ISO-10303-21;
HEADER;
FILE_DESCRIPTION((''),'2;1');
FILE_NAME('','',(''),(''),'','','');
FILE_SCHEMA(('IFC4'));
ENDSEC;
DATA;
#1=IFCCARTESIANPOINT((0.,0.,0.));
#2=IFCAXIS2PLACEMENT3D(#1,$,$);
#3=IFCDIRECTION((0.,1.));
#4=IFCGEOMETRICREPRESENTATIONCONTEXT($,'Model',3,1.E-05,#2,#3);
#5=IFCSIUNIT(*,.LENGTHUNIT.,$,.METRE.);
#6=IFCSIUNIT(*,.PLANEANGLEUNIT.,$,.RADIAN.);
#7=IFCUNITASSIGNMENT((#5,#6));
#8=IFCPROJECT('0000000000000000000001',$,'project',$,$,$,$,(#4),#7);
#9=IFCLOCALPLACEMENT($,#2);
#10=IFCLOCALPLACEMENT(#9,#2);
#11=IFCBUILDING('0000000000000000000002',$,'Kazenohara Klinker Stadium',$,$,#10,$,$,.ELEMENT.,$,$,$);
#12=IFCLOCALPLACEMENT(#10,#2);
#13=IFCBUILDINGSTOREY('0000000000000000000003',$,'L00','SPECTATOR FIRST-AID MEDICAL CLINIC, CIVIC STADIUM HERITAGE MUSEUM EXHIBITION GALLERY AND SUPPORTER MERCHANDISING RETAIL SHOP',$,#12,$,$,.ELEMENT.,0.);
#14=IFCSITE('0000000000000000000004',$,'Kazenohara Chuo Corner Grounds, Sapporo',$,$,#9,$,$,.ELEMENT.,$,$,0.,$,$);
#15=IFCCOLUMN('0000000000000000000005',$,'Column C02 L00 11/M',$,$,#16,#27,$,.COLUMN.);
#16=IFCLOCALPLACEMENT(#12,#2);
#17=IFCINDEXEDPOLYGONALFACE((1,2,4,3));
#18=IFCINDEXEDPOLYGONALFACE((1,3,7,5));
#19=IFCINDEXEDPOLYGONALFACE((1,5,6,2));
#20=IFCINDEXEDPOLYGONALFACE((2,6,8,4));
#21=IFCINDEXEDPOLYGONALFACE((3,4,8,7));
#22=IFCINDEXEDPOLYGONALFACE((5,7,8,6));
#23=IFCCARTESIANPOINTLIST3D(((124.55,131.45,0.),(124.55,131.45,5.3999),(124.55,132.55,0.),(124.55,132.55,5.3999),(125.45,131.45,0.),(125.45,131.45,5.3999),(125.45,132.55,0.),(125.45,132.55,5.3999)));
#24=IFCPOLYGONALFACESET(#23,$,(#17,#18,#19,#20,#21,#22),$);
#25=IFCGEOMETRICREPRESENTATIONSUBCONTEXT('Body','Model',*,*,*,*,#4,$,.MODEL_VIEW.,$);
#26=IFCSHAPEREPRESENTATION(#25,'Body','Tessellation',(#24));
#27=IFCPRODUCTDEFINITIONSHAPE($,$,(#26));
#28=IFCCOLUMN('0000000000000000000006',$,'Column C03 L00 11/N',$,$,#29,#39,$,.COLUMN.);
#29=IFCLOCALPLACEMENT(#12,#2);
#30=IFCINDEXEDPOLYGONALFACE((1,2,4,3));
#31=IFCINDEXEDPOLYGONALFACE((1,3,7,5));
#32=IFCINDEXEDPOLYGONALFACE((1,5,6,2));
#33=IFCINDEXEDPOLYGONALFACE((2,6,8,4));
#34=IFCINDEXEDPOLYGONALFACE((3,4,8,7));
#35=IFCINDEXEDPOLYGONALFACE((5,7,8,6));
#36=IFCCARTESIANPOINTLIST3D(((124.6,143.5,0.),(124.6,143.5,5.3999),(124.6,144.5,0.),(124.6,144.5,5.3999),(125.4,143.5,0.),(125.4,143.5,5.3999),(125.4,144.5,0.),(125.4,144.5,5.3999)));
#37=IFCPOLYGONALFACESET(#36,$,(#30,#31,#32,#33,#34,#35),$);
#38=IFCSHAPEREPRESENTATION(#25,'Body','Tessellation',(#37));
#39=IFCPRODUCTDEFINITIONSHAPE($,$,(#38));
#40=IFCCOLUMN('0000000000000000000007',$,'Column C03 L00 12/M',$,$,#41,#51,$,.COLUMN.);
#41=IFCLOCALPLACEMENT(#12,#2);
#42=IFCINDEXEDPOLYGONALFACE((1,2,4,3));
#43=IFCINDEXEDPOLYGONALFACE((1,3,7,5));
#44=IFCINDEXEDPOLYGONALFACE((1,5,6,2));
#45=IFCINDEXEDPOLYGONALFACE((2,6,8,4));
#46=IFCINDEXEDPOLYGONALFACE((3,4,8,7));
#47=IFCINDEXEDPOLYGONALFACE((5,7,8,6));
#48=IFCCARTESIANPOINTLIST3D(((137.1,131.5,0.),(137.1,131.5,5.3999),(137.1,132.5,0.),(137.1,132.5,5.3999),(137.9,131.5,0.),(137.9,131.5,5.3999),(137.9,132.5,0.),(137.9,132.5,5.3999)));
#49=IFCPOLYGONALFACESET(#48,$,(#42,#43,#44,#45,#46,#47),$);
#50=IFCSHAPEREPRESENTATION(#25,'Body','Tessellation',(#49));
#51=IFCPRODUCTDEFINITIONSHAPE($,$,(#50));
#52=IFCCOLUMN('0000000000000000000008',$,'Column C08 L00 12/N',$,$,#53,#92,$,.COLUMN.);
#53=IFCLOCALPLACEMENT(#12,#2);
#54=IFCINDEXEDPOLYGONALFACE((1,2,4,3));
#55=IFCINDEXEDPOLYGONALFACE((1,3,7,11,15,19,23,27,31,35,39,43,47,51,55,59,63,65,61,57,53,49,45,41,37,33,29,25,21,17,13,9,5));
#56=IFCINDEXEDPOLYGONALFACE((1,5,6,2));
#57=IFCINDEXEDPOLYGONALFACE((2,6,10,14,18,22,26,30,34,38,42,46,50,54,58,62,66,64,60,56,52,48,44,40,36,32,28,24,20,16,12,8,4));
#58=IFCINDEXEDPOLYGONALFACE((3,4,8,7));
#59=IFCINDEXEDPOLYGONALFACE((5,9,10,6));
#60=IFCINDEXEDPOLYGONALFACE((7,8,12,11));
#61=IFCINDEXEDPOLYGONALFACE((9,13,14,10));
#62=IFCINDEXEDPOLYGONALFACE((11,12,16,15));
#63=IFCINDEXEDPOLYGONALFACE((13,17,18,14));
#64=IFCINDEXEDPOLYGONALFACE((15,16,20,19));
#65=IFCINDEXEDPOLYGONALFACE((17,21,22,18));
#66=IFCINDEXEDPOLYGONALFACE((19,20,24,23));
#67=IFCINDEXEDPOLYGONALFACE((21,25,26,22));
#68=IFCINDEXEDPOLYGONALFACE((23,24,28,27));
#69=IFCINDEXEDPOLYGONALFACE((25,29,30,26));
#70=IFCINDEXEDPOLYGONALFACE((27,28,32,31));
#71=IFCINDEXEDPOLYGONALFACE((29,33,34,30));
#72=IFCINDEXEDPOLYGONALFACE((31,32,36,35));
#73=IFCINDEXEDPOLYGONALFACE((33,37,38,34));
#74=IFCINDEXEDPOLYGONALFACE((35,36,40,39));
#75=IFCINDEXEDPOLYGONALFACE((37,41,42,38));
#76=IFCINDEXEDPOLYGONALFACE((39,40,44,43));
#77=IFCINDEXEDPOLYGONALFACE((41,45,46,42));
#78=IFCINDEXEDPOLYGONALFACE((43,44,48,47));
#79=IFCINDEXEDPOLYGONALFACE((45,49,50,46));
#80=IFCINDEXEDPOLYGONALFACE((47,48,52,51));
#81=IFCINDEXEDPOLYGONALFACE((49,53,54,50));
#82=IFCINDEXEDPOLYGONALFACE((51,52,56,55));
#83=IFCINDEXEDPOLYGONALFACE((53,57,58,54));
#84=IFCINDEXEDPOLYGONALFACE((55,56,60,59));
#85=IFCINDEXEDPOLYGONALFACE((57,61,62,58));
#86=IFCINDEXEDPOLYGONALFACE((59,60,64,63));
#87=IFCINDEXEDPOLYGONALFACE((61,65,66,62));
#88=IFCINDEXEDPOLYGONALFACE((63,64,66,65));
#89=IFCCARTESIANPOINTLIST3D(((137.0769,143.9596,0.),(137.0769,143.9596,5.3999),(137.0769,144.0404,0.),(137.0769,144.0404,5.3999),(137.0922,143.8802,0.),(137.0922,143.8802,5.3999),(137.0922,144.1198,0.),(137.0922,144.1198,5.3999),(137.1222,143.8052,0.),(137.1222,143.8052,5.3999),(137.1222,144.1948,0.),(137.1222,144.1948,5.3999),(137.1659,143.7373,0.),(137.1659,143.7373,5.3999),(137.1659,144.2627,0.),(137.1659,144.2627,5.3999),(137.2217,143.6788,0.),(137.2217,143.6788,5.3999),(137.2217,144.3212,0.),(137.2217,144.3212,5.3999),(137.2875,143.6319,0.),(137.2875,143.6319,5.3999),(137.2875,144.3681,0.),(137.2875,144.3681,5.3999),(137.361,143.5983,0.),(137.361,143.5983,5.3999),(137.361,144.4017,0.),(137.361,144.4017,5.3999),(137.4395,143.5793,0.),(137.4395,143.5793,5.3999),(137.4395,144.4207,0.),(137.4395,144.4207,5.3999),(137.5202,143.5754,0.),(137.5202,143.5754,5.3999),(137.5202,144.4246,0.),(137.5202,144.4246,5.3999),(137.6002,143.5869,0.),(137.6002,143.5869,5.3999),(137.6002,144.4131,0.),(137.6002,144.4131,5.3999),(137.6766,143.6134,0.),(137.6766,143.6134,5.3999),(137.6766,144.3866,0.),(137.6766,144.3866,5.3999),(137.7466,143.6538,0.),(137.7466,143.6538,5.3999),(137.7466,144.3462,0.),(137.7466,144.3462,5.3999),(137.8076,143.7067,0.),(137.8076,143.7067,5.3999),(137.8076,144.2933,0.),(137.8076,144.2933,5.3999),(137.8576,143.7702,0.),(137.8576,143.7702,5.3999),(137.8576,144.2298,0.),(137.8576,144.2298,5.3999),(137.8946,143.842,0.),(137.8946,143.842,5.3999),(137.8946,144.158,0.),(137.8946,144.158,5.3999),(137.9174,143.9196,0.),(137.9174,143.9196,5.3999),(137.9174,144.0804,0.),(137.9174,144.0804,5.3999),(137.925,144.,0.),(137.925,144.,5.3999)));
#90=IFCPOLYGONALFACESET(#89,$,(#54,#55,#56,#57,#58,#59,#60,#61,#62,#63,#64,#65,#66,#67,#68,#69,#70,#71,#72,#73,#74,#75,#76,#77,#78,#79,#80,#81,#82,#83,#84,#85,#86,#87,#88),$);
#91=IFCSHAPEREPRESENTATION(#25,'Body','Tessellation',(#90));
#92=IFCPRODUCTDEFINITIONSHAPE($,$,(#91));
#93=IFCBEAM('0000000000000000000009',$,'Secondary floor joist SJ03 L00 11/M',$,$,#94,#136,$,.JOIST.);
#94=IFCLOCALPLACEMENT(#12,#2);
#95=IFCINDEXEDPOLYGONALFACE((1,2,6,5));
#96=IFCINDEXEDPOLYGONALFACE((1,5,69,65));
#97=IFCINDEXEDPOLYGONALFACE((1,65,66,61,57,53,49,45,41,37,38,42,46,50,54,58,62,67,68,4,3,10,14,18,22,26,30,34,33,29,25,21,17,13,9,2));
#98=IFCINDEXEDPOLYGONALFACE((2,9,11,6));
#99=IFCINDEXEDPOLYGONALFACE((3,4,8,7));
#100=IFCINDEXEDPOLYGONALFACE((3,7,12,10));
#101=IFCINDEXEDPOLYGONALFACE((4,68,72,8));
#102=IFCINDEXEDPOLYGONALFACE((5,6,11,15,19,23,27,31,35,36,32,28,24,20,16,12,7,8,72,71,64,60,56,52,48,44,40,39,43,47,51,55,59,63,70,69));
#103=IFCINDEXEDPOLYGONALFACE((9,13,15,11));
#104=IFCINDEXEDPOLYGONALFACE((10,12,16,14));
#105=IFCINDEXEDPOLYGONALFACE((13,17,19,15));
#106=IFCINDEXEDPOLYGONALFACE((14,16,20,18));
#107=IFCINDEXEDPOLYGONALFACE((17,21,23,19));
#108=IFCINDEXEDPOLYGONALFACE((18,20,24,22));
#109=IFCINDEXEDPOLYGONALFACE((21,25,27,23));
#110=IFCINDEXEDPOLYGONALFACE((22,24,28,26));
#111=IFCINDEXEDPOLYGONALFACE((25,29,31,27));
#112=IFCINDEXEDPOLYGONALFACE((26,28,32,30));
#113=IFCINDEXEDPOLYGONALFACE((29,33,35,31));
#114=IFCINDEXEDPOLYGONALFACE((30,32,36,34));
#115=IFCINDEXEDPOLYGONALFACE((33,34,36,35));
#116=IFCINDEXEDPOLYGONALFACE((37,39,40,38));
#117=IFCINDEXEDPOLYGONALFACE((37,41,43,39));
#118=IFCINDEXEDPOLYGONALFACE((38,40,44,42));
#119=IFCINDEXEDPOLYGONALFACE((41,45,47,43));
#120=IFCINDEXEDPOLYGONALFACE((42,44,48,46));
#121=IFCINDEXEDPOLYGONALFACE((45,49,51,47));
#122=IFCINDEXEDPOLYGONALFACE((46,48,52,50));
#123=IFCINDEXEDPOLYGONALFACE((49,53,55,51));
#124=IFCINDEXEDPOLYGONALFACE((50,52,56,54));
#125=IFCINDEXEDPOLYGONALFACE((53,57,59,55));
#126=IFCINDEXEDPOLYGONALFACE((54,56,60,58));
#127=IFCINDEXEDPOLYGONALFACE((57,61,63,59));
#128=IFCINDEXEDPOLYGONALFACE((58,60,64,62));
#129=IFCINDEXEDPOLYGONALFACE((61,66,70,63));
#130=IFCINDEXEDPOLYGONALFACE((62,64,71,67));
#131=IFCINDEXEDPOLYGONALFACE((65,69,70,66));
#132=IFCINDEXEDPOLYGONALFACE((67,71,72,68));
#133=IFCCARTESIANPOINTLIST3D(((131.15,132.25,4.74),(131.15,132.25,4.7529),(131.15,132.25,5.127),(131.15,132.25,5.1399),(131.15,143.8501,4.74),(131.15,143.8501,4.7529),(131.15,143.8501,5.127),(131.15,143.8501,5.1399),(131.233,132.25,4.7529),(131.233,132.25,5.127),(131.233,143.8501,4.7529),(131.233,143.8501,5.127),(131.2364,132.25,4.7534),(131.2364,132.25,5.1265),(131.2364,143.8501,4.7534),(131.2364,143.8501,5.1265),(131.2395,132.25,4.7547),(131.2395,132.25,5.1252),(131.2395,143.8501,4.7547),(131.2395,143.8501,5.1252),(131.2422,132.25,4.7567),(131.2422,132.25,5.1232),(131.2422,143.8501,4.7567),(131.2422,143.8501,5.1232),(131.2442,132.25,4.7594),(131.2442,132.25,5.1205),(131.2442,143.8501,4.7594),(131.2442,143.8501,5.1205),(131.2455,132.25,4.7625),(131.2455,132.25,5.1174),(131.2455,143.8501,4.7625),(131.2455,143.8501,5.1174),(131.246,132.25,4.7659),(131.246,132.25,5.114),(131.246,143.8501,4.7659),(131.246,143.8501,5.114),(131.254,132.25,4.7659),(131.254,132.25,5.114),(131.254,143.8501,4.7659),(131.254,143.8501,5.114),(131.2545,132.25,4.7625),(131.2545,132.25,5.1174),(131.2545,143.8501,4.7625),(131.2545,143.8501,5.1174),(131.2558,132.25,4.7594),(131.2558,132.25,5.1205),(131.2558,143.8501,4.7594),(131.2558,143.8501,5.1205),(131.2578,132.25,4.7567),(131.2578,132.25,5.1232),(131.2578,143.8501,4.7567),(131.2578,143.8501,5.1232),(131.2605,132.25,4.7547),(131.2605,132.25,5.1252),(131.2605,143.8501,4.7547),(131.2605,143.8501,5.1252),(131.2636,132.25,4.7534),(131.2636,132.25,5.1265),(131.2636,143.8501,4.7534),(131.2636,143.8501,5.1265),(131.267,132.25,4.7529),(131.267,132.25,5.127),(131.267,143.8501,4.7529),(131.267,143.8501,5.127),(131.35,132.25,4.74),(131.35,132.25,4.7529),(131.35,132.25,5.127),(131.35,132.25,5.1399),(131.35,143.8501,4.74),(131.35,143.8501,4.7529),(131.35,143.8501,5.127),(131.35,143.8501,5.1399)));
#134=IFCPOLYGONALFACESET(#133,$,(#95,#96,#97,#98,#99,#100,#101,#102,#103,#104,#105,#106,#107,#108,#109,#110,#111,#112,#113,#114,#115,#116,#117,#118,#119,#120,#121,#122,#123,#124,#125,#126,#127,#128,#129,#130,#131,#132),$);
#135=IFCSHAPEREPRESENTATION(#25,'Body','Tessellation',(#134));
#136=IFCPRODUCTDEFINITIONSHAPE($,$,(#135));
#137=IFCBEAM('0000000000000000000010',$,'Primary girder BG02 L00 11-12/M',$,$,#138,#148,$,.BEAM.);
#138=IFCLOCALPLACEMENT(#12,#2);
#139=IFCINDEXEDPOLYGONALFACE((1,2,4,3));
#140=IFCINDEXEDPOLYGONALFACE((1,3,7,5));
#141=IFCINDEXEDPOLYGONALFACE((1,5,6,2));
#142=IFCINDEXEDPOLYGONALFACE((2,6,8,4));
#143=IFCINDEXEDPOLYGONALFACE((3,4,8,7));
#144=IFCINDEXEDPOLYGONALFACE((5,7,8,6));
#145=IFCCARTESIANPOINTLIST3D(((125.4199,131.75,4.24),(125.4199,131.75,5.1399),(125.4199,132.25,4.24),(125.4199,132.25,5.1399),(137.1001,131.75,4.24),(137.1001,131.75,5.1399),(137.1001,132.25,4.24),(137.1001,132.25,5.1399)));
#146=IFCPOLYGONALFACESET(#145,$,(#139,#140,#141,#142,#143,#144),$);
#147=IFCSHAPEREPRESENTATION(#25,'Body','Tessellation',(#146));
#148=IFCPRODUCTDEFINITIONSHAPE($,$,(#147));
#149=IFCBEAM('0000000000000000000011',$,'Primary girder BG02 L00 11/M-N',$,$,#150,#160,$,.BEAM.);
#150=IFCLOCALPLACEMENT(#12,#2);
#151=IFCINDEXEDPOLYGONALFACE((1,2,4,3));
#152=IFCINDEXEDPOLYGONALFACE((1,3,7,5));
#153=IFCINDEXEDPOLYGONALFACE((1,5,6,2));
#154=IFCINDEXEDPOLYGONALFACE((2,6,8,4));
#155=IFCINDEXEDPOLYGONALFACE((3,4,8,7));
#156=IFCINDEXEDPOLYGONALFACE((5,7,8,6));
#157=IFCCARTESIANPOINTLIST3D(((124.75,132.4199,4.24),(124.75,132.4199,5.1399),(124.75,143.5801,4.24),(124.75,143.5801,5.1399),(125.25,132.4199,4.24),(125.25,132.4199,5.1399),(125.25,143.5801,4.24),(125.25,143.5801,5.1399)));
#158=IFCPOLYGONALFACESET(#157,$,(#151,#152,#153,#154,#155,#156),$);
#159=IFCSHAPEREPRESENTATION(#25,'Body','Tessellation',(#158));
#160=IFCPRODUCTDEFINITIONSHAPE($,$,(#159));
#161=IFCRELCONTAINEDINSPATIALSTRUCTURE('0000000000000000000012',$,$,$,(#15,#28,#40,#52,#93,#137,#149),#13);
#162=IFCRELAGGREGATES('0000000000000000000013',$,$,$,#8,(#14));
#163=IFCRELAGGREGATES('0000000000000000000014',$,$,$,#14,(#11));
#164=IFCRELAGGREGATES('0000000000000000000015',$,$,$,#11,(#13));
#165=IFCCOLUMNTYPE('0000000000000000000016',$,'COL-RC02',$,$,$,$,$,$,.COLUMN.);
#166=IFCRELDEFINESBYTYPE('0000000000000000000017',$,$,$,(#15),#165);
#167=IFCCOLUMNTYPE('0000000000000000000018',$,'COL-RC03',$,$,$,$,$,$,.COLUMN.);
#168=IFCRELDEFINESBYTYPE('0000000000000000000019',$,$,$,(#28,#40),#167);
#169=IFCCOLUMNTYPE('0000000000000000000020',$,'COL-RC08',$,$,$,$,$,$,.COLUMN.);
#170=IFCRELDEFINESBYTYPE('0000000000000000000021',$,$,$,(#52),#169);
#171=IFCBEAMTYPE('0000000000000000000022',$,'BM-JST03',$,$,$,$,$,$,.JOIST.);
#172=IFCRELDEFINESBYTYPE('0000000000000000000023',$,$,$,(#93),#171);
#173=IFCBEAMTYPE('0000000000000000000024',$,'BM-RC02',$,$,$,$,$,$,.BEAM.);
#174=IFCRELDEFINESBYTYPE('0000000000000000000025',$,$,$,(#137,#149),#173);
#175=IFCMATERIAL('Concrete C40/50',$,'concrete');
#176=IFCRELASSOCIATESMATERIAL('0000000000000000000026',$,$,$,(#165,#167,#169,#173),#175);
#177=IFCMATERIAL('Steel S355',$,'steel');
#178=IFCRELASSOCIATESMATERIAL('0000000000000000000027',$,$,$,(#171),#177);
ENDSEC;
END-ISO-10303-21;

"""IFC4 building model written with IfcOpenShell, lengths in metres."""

from ifc_helpers import new_model, si_unit, direction, frame, origin, origin_2d, place, context, subcontext, project, spatial, rectangle, circle, i_section, extrude, material, material_profile, profile_set, type_object, element, save


model = new_model("IFC4")

# Units and contexts
model_context = context("Model", 3, precision=1e-05, world=origin(), true_north=direction((0.0, 1.0)))
body_context = subcontext(model_context, "Body", "Model", "MODEL_VIEW")
ifc_project = project(units=[si_unit("LENGTHUNIT", "METRE"), si_unit("PLANEANGLEUNIT", "RADIAN")], contexts=[model_context])

# Site, building, storey
site_placement = place(None, origin())
site = spatial("IfcSite", under=ifc_project, at=site_placement, Name="Kazenohara Chuo Corner Grounds, Sapporo", CompositionType="ELEMENT", RefElevation=0.0)
building_placement = place(site_placement, origin())
building = spatial("IfcBuilding", under=site, at=building_placement, Name="Kazenohara Klinker Stadium", CompositionType="ELEMENT")
storey_placement = place(building_placement, origin())
storey = spatial("IfcBuildingStorey", under=building, at=storey_placement, Name="L00", Description="SPECTATOR FIRST-AID MEDICAL CLINIC, CIVIC STADIUM HERITAGE MUSEUM EXHIBITION GALLERY AND SUPPORTER MERCHANDISING RETAIL SHOP", CompositionType="ELEMENT", Elevation=0.0)

# Columns
ifc_material_1 = material(Name="Concrete C40/50", Category="concrete")
ifc_material_profile_1 = material_profile(ifc_material_1, rectangle(XDim=0.8999, YDim=1.1001, at=origin_2d()), Name="RC-COL-1100x900")
ifc_profile_set_1 = profile_set([ifc_material_profile_1], Name="Concrete C40/50")
column_type_1 = type_object("IfcColumnType", Name="COL-RC02", PredefinedType="COLUMN", material=ifc_profile_set_1)
column_1_placement = place(storey_placement, frame((125.0, 132.0, 0.0), z_axis=(0.0, 0.0, 1.0), x_axis=(1.0, 0.0, 0.0)))
element("IfcColumn", 1, at=column_1_placement, inside=storey, type_object=column_type_1, Name="Column C02 L00 11/M", PredefinedType="COLUMN", context=body_context, shape_type="SweptSolid", body=[
    extrude(rectangle(XDim=0.8999, YDim=1.1001, at=origin_2d()), origin(), (0.0, 0.0, 1.0), 5.3999),
])
ifc_material_profile_2 = material_profile(ifc_material_1, rectangle(XDim=0.8, YDim=1.0, at=origin_2d()), Name="RC-COL-1000x800")
ifc_profile_set_2 = profile_set([ifc_material_profile_2], Name="Concrete C40/50")
column_type_2 = type_object("IfcColumnType", Name="COL-RC03", PredefinedType="COLUMN", material=ifc_profile_set_2)
for number, where, z_axis, x_axis, name in (
    (2, (125.0, 144.0, 0.0), (0.0, 0.0, 1.0), (1.0, 0.0, 0.0), "Column C03 L00 11/N"),
    (3, (137.5, 132.0, 0.0), (0.0, 0.0, 1.0), (1.0, 0.0, 0.0), "Column C03 L00 12/M"),
):
    element("IfcColumn", number, at=place(storey_placement, frame(where, z_axis=z_axis, x_axis=x_axis)), inside=storey, type_object=column_type_2, Name=name, PredefinedType="COLUMN", context=body_context, shape_type="SweptSolid", body=[
        extrude(rectangle(XDim=0.8, YDim=1.0, at=origin_2d()), origin(), (0.0, 0.0, 1.0), 5.3999),
    ])
ifc_material_profile_3 = material_profile(ifc_material_1, circle(Radius=0.425, at=origin_2d()), Name="RC-COL-D850")
ifc_profile_set_3 = profile_set([ifc_material_profile_3], Name="Concrete C40/50")
column_type_3 = type_object("IfcColumnType", Name="COL-RC08", PredefinedType="COLUMN", material=ifc_profile_set_3)
column_2_placement = place(storey_placement, frame((137.5, 144.0, 0.0), z_axis=(0.0, 0.0, 1.0), x_axis=(1.0, 0.0, 0.0)))
element("IfcColumn", 4, at=column_2_placement, inside=storey, type_object=column_type_3, Name="Column C08 L00 12/N", PredefinedType="COLUMN", context=body_context, shape_type="SweptSolid", body=[
    extrude(circle(Radius=0.425, at=origin_2d()), origin(), (0.0, 0.0, 1.0), 5.3999),
])

# Beams
ifc_material_2 = material(Name="Steel S355", Category="steel")
ifc_material_profile_4 = material_profile(ifc_material_2, i_section(OverallWidth=0.2, OverallDepth=0.3999, WebThickness=0.0081, FlangeThickness=0.0129, FilletRadius=0.0129, at=origin_2d()), Name="H-400x200x8x13")
ifc_profile_set_4 = profile_set([ifc_material_profile_4], Name="Steel S355")
beam_type_1 = type_object("IfcBeamType", Name="BM-JST03", PredefinedType="JOIST", material=ifc_profile_set_4)
beam_1_placement = place(storey_placement, frame((131.25, 132.25, 4.9399), z_axis=(0.0, 1.0, 0.0), x_axis=(-1.0, 0.0, 0.0)))
element("IfcBeam", 5, at=beam_1_placement, inside=storey, type_object=beam_type_1, Name="Secondary floor joist SJ03 L00 11/M", PredefinedType="JOIST", context=body_context, shape_type="SweptSolid", body=[
    extrude(i_section(OverallWidth=0.2, OverallDepth=0.3999, WebThickness=0.0081, FlangeThickness=0.0129, FilletRadius=0.0129, at=origin_2d()), origin(), (0.0, 0.0, 1.0), 11.6001),
])
ifc_material_profile_5 = material_profile(ifc_material_1, rectangle(XDim=0.5, YDim=0.8999, at=origin_2d()), Name="RC-BM-500x900")
ifc_profile_set_5 = profile_set([ifc_material_profile_5], Name="Concrete C40/50")
beam_type_2 = type_object("IfcBeamType", Name="BM-RC02", PredefinedType="BEAM", material=ifc_profile_set_5)
beam_2_placement = place(storey_placement, frame((125.4199, 132.0, 4.6899), z_axis=(1.0, 0.0, 0.0), x_axis=(0.0, 1.0, 0.0)))
element("IfcBeam", 6, at=beam_2_placement, inside=storey, type_object=beam_type_2, Name="Primary girder BG02 L00 11-12/M", PredefinedType="BEAM", context=body_context, shape_type="SweptSolid", body=[
    extrude(rectangle(XDim=0.5, YDim=0.8999, at=origin_2d()), origin(), (0.0, 0.0, 1.0), 11.6802),
])
beam_3_placement = place(storey_placement, frame((125.0, 132.4199, 4.6899), z_axis=(0.0, 1.0, 0.0), x_axis=(-1.0, 0.0, 0.0)))
element("IfcBeam", 7, at=beam_3_placement, inside=storey, type_object=beam_type_2, Name="Primary girder BG02 L00 11/M-N", PredefinedType="BEAM", context=body_context, shape_type="SweptSolid", body=[
    extrude(rectangle(XDim=0.5, YDim=0.8999, at=origin_2d()), origin(), (0.0, 0.0, 1.0), 11.1602),
])

save(model, "model.ifc")
